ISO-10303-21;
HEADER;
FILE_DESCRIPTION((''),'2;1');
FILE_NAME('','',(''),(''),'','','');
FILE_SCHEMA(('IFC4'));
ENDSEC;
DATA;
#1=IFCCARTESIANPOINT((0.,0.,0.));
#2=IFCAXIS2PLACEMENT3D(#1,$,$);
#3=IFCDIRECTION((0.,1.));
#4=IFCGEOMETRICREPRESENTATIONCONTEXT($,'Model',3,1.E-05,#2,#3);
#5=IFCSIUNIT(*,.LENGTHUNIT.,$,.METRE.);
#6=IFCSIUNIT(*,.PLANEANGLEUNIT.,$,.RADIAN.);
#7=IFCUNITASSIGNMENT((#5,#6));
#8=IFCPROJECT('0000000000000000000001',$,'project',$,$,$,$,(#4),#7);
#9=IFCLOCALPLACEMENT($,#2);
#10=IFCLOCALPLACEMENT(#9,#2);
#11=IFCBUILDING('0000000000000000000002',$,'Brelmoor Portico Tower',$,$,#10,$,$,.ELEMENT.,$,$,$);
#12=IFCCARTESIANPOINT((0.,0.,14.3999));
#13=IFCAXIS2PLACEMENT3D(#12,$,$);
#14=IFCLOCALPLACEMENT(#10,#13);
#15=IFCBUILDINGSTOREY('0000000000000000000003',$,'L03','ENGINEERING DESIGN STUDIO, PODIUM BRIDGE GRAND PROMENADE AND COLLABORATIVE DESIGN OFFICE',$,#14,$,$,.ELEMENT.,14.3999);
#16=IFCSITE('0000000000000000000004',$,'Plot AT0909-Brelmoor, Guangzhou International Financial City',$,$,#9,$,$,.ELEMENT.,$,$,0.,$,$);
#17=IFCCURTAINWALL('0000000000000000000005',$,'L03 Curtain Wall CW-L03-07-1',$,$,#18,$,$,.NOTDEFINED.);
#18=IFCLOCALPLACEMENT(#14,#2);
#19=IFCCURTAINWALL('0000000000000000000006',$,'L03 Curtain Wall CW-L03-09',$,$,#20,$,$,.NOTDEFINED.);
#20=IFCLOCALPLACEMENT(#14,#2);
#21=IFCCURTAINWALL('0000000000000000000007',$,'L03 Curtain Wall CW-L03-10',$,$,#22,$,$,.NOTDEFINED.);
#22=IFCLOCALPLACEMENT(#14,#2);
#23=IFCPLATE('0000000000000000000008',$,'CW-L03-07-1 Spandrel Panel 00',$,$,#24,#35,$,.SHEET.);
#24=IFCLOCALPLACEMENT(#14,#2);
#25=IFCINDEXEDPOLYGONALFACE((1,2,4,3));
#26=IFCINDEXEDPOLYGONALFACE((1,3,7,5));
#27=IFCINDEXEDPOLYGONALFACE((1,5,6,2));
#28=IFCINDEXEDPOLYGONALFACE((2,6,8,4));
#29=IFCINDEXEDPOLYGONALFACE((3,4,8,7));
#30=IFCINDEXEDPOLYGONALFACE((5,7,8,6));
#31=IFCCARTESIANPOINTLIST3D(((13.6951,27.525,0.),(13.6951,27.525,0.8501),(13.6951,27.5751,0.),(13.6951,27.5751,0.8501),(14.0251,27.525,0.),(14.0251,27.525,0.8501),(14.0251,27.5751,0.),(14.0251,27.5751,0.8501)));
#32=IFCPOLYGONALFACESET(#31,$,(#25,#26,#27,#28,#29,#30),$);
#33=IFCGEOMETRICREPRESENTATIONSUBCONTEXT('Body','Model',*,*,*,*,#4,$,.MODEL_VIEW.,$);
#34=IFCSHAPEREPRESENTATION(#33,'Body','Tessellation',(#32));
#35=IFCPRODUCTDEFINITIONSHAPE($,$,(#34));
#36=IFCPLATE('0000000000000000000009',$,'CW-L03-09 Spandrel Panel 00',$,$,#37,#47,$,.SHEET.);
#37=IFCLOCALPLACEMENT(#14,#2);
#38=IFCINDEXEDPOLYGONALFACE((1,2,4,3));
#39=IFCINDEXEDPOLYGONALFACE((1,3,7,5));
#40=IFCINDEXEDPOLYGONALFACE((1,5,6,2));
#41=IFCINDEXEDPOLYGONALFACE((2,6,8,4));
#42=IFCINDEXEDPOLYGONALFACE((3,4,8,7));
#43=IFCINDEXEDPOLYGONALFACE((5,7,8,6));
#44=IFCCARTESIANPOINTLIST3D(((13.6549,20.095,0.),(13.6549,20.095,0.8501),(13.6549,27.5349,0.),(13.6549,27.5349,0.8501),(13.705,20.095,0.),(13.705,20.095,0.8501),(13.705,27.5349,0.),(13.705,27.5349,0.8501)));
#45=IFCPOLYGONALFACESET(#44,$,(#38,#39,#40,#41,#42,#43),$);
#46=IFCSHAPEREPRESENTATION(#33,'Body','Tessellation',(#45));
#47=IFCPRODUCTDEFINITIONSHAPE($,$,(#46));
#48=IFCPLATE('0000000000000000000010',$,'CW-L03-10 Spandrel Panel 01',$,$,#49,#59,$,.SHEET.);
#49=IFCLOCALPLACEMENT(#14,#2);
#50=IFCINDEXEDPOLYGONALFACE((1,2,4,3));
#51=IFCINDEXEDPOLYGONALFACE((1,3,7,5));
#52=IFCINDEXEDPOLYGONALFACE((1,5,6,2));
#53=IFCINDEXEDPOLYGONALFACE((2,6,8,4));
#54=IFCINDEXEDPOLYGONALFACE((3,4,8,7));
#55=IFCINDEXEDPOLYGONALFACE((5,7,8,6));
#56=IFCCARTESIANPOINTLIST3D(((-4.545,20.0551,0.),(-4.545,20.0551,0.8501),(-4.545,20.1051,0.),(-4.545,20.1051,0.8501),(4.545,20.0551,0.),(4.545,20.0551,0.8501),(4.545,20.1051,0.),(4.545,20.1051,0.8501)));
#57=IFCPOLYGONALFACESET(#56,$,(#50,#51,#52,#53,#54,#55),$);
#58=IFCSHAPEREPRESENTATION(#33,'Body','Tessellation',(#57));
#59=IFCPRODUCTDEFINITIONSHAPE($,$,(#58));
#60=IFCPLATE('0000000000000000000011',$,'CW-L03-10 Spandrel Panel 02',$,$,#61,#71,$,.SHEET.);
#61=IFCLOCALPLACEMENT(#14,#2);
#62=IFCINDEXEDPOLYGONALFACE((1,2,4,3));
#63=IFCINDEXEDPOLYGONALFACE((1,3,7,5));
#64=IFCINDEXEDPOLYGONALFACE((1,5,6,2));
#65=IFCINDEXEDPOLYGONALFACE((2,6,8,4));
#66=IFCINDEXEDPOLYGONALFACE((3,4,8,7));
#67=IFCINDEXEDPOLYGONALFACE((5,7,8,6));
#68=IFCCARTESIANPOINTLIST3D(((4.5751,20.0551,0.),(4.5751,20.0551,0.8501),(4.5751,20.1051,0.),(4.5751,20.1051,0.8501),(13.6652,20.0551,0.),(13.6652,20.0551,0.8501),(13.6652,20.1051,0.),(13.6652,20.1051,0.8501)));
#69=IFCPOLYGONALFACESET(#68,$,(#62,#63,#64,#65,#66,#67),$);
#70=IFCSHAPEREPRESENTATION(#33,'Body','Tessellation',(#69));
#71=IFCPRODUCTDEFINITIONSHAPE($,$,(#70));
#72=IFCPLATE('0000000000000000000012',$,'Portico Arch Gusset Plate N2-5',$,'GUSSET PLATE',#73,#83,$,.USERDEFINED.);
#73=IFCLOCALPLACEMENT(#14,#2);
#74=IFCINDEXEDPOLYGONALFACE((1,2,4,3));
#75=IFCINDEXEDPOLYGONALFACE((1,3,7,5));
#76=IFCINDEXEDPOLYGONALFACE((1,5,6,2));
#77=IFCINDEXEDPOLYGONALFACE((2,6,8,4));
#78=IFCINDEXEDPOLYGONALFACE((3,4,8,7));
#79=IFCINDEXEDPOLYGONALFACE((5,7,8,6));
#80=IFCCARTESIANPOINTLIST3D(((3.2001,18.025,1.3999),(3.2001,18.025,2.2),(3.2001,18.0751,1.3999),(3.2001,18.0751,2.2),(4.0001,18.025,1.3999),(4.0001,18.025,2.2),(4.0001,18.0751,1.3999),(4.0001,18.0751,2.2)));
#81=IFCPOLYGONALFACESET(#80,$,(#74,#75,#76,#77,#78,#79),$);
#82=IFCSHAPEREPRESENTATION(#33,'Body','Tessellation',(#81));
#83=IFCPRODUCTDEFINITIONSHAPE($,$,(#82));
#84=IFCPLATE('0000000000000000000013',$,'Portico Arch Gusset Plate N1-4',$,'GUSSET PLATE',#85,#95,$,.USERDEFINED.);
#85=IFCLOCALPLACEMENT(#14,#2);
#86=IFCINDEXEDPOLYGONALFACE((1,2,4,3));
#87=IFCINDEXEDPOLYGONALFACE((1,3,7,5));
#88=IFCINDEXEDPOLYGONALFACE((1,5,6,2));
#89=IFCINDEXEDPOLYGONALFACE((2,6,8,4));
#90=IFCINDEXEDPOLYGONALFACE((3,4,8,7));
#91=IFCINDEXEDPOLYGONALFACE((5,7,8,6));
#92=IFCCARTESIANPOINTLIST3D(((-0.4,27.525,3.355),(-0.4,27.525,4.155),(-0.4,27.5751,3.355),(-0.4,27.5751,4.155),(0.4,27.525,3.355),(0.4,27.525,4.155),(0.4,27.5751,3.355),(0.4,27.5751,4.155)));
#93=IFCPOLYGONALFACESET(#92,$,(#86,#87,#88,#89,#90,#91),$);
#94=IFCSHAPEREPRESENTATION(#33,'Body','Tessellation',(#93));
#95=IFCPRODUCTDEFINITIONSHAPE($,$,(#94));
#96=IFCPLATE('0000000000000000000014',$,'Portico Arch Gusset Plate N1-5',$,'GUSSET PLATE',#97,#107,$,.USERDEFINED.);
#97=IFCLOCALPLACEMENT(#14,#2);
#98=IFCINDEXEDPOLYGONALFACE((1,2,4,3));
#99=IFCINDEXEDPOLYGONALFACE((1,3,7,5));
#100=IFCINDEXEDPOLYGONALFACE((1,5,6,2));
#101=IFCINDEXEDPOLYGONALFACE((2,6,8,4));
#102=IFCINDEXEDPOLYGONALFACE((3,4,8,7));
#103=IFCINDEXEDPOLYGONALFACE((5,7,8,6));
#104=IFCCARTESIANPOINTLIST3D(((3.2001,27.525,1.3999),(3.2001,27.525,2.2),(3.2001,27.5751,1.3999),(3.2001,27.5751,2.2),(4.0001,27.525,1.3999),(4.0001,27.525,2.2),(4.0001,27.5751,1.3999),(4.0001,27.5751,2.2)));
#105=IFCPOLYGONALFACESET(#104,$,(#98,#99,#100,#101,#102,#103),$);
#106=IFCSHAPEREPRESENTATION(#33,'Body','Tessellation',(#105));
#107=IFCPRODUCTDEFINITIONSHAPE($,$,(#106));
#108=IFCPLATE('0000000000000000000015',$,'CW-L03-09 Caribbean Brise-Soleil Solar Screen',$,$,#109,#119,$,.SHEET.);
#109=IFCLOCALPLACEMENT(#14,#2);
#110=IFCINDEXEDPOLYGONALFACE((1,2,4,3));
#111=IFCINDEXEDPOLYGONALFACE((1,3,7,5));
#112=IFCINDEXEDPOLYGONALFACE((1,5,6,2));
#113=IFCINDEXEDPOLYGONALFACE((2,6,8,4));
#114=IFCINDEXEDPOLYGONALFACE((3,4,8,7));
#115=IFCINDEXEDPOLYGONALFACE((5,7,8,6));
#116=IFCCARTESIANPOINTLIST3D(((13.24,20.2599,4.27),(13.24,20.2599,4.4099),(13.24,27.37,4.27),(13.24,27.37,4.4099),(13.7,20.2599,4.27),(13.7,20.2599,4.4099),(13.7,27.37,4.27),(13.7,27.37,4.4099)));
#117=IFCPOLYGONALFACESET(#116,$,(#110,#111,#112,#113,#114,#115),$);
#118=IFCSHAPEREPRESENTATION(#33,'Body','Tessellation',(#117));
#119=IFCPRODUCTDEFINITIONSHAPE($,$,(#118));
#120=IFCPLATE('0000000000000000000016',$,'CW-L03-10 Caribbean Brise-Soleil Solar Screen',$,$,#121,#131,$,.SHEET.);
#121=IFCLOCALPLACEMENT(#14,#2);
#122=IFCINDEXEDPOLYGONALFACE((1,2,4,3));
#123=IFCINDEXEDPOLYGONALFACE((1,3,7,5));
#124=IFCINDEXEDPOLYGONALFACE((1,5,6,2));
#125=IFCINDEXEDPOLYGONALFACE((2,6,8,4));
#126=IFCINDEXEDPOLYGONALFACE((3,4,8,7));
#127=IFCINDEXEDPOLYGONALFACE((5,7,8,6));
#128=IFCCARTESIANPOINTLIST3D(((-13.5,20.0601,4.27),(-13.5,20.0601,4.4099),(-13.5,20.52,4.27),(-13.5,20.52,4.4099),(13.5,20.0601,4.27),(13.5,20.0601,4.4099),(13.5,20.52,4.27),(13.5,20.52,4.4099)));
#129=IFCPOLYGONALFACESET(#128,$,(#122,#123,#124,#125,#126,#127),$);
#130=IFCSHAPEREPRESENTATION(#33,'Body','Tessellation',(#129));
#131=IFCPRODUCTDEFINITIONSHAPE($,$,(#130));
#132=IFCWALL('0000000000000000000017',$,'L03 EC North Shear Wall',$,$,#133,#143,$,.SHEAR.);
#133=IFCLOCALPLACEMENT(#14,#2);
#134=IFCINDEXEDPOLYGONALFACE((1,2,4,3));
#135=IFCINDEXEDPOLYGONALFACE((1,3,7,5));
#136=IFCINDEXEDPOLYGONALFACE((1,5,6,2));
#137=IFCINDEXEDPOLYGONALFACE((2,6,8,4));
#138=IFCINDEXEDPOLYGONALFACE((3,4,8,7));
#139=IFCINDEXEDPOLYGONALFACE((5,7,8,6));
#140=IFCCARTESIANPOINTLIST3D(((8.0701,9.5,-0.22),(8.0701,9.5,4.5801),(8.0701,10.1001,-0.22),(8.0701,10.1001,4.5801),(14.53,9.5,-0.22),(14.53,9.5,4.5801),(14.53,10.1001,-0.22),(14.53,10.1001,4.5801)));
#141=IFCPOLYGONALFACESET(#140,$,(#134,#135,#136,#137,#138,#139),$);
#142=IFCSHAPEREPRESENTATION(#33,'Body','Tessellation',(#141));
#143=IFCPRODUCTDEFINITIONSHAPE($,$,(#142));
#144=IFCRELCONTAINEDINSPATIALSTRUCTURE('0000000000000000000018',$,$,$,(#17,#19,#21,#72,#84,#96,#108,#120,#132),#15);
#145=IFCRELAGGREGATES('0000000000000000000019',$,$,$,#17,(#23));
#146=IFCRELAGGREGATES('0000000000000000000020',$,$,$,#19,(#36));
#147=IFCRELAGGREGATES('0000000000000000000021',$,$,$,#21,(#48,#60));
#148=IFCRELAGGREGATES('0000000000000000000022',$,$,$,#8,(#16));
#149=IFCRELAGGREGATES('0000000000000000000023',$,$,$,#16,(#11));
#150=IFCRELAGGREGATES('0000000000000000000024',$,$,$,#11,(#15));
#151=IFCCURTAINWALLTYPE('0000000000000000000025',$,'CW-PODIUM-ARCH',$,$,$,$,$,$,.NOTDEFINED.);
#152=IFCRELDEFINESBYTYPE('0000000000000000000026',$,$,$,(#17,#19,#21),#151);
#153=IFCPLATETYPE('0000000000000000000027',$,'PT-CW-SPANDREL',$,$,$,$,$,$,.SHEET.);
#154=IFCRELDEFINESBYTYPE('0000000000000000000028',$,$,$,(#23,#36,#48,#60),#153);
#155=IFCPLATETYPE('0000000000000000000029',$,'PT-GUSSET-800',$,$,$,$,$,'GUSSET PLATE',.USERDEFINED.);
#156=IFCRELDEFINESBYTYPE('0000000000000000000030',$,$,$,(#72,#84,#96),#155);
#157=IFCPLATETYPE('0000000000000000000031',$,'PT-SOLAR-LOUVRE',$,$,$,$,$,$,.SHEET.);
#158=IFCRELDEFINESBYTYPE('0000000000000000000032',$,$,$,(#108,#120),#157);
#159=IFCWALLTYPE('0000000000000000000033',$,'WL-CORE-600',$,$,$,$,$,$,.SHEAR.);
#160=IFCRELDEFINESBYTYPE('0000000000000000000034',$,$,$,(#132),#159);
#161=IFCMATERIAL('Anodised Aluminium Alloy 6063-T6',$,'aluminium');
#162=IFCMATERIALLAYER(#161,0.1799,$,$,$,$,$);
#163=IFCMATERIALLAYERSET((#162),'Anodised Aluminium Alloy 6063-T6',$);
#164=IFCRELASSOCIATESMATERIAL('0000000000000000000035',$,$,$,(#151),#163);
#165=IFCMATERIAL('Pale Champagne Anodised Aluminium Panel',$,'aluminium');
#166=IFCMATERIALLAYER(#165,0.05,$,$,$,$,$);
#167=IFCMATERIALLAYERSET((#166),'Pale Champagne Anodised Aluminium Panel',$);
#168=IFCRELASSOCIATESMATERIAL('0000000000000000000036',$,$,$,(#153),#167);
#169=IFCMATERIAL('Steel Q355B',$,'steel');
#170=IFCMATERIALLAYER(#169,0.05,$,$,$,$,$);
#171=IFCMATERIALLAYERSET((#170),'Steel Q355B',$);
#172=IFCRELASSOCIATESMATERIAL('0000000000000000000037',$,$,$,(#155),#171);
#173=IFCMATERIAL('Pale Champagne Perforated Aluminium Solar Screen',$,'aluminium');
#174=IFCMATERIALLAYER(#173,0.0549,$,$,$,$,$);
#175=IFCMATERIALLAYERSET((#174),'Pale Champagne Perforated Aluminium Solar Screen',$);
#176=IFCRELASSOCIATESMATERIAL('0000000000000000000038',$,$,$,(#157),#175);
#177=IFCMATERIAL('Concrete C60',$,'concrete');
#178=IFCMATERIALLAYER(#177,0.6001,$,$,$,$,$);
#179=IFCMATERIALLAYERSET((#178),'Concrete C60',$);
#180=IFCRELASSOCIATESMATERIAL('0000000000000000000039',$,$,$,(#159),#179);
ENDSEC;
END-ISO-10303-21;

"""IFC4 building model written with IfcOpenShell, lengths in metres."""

from ifc_helpers import new_model, si_unit, direction, frame, frame_2d, origin, origin_2d, place, context, subcontext, project, spatial, rectangle, extrude, material, layer, layer_set, type_object, element, aggregate, save


model = new_model("IFC4")

# Units and contexts
model_context = context("Model", 3, precision=1e-05, world=origin(), true_north=direction((0.0, 1.0)))
body_context = subcontext(model_context, "Body", "Model", "MODEL_VIEW")
ifc_project = project(units=[si_unit("LENGTHUNIT", "METRE"), si_unit("PLANEANGLEUNIT", "RADIAN")], contexts=[model_context])

# Site, building, storey
site_placement = place(None, origin())
site = spatial("IfcSite", under=ifc_project, at=site_placement, Name="Plot AT0909-Brelmoor, Guangzhou International Financial City", CompositionType="ELEMENT", RefElevation=0.0)
building_placement = place(site_placement, origin())
building = spatial("IfcBuilding", under=site, at=building_placement, Name="Brelmoor Portico Tower", CompositionType="ELEMENT")
storey_placement = place(building_placement, frame((0.0, 0.0, 14.3999)))
storey = spatial("IfcBuildingStorey", under=building, at=storey_placement, Name="L03", Description="ENGINEERING DESIGN STUDIO, PODIUM BRIDGE GRAND PROMENADE AND COLLABORATIVE DESIGN OFFICE", CompositionType="ELEMENT", Elevation=14.3999)

# Shared definitions
ifc_material_1 = material(Name="Steel Q355B", Category="steel")

# Curtain walls
ifc_material_2 = material(Name="Anodised Aluminium Alloy 6063-T6", Category="aluminium")
ifc_layer_1 = layer(ifc_material_2, 0.1799)
ifc_layer_set_1 = layer_set([ifc_layer_1], Name="Anodised Aluminium Alloy 6063-T6")
curtain_wall_type = type_object("IfcCurtainWallType", Name="CW-PODIUM-ARCH", PredefinedType="NOTDEFINED", material=ifc_layer_set_1)
curtain_wall_1_placement = place(storey_placement, origin())
curtain_wall_1 = element("IfcCurtainWall", 1, at=curtain_wall_1_placement, inside=storey, type_object=curtain_wall_type, Name="L03 Curtain Wall CW-L03-07-1", PredefinedType="NOTDEFINED")
curtain_wall_2_placement = place(storey_placement, origin())
curtain_wall_2 = element("IfcCurtainWall", 2, at=curtain_wall_2_placement, inside=storey, type_object=curtain_wall_type, Name="L03 Curtain Wall CW-L03-09", PredefinedType="NOTDEFINED")
curtain_wall_3_placement = place(storey_placement, origin())
curtain_wall_3 = element("IfcCurtainWall", 3, at=curtain_wall_3_placement, inside=storey, type_object=curtain_wall_type, Name="L03 Curtain Wall CW-L03-10", PredefinedType="NOTDEFINED")

# Plates
ifc_material_3 = material(Name="Pale Champagne Anodised Aluminium Panel", Category="aluminium")
ifc_layer_2 = layer(ifc_material_3, 0.05)
ifc_layer_set_2 = layer_set([ifc_layer_2], Name="Pale Champagne Anodised Aluminium Panel")
plate_type_1 = type_object("IfcPlateType", Name="PT-CW-SPANDREL", PredefinedType="SHEET", material=ifc_layer_set_2)
plate_1_placement = place(storey_placement, frame((13.8601, 27.55, 0.0), z_axis=(0.0, 0.0, 1.0), x_axis=(1.0, 0.0, 0.0)))
plate_1 = element("IfcPlate", 4, at=plate_1_placement, type_object=plate_type_1, Name="CW-L03-07-1 Spandrel Panel 00", PredefinedType="SHEET", context=body_context, shape_type="SweptSolid", body=[
    extrude(rectangle(XDim=0.3301, YDim=0.05, at=origin_2d()), origin(), (0.0, 0.0, 1.0), 0.8501),
])
aggregate(curtain_wall_1, [plate_1])
plate_2_placement = place(storey_placement, frame((13.6799, 23.8149, 0.0), z_axis=(0.0, 0.0, 1.0), x_axis=(0.0, 1.0, 0.0)))
plate_2 = element("IfcPlate", 5, at=plate_2_placement, type_object=plate_type_1, Name="CW-L03-09 Spandrel Panel 00", PredefinedType="SHEET", context=body_context, shape_type="SweptSolid", body=[
    extrude(rectangle(XDim=7.4399, YDim=0.05, at=origin_2d()), origin(), (0.0, 0.0, 1.0), 0.8501),
])
aggregate(curtain_wall_2, [plate_2])
plate_3_placement = place(storey_placement, frame((0.0, 20.0801, 0.0), z_axis=(0.0, 0.0, 1.0), x_axis=(1.0, 0.0, 0.0)))
plate_3 = element("IfcPlate", 6, at=plate_3_placement, type_object=plate_type_1, Name="CW-L03-10 Spandrel Panel 01", PredefinedType="SHEET", context=body_context, shape_type="SweptSolid", body=[
    extrude(rectangle(XDim=9.0901, YDim=0.05, at=origin_2d()), origin(), (0.0, 0.0, 1.0), 0.8501),
])
plate_4_placement = place(storey_placement, frame((9.1201, 20.0801, 0.0), z_axis=(0.0, 0.0, 1.0), x_axis=(1.0, 0.0, 0.0)))
plate_4 = element("IfcPlate", 7, at=plate_4_placement, type_object=plate_type_1, Name="CW-L03-10 Spandrel Panel 02", PredefinedType="SHEET", context=body_context, shape_type="SweptSolid", body=[
    extrude(rectangle(XDim=9.0901, YDim=0.05, at=origin_2d()), origin(), (0.0, 0.0, 1.0), 0.8501),
])
aggregate(curtain_wall_3, [plate_3, plate_4])

# Plates
ifc_layer_3 = layer(ifc_material_1, 0.05)
ifc_layer_set_3 = layer_set([ifc_layer_3], Name="Steel Q355B")
plate_type_2 = type_object("IfcPlateType", Name="PT-GUSSET-800", ElementType="GUSSET PLATE", PredefinedType="USERDEFINED", material=ifc_layer_set_3)
for number, where, z_axis, x_axis, name in (
    (8, (3.6001, 18.05, 1.3999), (0.0, 0.0, 1.0), (1.0, 0.0, 0.0), "Portico Arch Gusset Plate N2-5"),
    (9, (0.0, 27.55, 3.355), (0.0, 0.0, 1.0), (1.0, 0.0, 0.0), "Portico Arch Gusset Plate N1-4"),
    (10, (3.6001, 27.55, 1.3999), (0.0, 0.0, 1.0), (1.0, 0.0, 0.0), "Portico Arch Gusset Plate N1-5"),
):
    element("IfcPlate", number, at=place(storey_placement, frame(where, z_axis=z_axis, x_axis=x_axis)), inside=storey, type_object=plate_type_2, Name=name, ObjectType="GUSSET PLATE", PredefinedType="USERDEFINED", context=body_context, shape_type="SweptSolid", body=[
        extrude(rectangle(XDim=0.8, YDim=0.05, at=origin_2d()), origin(), (0.0, 0.0, 1.0), 0.8),
    ])
ifc_material_4 = material(Name="Pale Champagne Perforated Aluminium Solar Screen", Category="aluminium")
ifc_layer_4 = layer(ifc_material_4, 0.0549)
ifc_layer_set_4 = layer_set([ifc_layer_4], Name="Pale Champagne Perforated Aluminium Solar Screen")
plate_type_3 = type_object("IfcPlateType", Name="PT-SOLAR-LOUVRE", PredefinedType="SHEET", material=ifc_layer_set_4)
plate_5_placement = place(storey_placement, frame((13.47, 23.8149, 4.27), z_axis=(0.0, 0.0, 1.0), x_axis=(0.0, 1.0, 0.0)))
element("IfcPlate", 11, at=plate_5_placement, inside=storey, type_object=plate_type_3, Name="CW-L03-09 Caribbean Brise-Soleil Solar Screen", PredefinedType="SHEET", context=body_context, shape_type="SweptSolid", body=[
    extrude(rectangle(XDim=7.1101, YDim=0.46, at=origin_2d()), origin(), (0.0, 0.0, 1.0), 0.1399),
])
plate_6_placement = place(storey_placement, frame((0.0, 20.29, 4.27), z_axis=(0.0, 0.0, 1.0), x_axis=(1.0, 0.0, 0.0)))
element("IfcPlate", 12, at=plate_6_placement, inside=storey, type_object=plate_type_3, Name="CW-L03-10 Caribbean Brise-Soleil Solar Screen", PredefinedType="SHEET", context=body_context, shape_type="SweptSolid", body=[
    extrude(rectangle(XDim=27.0, YDim=0.46, at=origin_2d()), origin(), (0.0, 0.0, 1.0), 0.1399),
])

# Wall
ifc_material_5 = material(Name="Concrete C60", Category="concrete")
ifc_layer_5 = layer(ifc_material_5, 0.6001)
ifc_layer_set_5 = layer_set([ifc_layer_5], Name="Concrete C60")
wall_type = type_object("IfcWallType", Name="WL-CORE-600", PredefinedType="SHEAR", material=ifc_layer_set_5)
wall_placement = place(storey_placement, frame((8.0701, 9.8, -0.22), z_axis=(0.0, 0.0, 1.0), x_axis=(1.0, 0.0, 0.0)))
element("IfcWall", 13, at=wall_placement, inside=storey, type_object=wall_type, Name="L03 EC North Shear Wall", PredefinedType="SHEAR", context=body_context, shape_type="SweptSolid", body=[
    extrude(rectangle(XDim=6.46, YDim=0.6001, at=frame_2d((3.23, 0.0))), origin(), (0.0, 0.0, 1.0), 4.8),
])

save(model, "model.ifc")
